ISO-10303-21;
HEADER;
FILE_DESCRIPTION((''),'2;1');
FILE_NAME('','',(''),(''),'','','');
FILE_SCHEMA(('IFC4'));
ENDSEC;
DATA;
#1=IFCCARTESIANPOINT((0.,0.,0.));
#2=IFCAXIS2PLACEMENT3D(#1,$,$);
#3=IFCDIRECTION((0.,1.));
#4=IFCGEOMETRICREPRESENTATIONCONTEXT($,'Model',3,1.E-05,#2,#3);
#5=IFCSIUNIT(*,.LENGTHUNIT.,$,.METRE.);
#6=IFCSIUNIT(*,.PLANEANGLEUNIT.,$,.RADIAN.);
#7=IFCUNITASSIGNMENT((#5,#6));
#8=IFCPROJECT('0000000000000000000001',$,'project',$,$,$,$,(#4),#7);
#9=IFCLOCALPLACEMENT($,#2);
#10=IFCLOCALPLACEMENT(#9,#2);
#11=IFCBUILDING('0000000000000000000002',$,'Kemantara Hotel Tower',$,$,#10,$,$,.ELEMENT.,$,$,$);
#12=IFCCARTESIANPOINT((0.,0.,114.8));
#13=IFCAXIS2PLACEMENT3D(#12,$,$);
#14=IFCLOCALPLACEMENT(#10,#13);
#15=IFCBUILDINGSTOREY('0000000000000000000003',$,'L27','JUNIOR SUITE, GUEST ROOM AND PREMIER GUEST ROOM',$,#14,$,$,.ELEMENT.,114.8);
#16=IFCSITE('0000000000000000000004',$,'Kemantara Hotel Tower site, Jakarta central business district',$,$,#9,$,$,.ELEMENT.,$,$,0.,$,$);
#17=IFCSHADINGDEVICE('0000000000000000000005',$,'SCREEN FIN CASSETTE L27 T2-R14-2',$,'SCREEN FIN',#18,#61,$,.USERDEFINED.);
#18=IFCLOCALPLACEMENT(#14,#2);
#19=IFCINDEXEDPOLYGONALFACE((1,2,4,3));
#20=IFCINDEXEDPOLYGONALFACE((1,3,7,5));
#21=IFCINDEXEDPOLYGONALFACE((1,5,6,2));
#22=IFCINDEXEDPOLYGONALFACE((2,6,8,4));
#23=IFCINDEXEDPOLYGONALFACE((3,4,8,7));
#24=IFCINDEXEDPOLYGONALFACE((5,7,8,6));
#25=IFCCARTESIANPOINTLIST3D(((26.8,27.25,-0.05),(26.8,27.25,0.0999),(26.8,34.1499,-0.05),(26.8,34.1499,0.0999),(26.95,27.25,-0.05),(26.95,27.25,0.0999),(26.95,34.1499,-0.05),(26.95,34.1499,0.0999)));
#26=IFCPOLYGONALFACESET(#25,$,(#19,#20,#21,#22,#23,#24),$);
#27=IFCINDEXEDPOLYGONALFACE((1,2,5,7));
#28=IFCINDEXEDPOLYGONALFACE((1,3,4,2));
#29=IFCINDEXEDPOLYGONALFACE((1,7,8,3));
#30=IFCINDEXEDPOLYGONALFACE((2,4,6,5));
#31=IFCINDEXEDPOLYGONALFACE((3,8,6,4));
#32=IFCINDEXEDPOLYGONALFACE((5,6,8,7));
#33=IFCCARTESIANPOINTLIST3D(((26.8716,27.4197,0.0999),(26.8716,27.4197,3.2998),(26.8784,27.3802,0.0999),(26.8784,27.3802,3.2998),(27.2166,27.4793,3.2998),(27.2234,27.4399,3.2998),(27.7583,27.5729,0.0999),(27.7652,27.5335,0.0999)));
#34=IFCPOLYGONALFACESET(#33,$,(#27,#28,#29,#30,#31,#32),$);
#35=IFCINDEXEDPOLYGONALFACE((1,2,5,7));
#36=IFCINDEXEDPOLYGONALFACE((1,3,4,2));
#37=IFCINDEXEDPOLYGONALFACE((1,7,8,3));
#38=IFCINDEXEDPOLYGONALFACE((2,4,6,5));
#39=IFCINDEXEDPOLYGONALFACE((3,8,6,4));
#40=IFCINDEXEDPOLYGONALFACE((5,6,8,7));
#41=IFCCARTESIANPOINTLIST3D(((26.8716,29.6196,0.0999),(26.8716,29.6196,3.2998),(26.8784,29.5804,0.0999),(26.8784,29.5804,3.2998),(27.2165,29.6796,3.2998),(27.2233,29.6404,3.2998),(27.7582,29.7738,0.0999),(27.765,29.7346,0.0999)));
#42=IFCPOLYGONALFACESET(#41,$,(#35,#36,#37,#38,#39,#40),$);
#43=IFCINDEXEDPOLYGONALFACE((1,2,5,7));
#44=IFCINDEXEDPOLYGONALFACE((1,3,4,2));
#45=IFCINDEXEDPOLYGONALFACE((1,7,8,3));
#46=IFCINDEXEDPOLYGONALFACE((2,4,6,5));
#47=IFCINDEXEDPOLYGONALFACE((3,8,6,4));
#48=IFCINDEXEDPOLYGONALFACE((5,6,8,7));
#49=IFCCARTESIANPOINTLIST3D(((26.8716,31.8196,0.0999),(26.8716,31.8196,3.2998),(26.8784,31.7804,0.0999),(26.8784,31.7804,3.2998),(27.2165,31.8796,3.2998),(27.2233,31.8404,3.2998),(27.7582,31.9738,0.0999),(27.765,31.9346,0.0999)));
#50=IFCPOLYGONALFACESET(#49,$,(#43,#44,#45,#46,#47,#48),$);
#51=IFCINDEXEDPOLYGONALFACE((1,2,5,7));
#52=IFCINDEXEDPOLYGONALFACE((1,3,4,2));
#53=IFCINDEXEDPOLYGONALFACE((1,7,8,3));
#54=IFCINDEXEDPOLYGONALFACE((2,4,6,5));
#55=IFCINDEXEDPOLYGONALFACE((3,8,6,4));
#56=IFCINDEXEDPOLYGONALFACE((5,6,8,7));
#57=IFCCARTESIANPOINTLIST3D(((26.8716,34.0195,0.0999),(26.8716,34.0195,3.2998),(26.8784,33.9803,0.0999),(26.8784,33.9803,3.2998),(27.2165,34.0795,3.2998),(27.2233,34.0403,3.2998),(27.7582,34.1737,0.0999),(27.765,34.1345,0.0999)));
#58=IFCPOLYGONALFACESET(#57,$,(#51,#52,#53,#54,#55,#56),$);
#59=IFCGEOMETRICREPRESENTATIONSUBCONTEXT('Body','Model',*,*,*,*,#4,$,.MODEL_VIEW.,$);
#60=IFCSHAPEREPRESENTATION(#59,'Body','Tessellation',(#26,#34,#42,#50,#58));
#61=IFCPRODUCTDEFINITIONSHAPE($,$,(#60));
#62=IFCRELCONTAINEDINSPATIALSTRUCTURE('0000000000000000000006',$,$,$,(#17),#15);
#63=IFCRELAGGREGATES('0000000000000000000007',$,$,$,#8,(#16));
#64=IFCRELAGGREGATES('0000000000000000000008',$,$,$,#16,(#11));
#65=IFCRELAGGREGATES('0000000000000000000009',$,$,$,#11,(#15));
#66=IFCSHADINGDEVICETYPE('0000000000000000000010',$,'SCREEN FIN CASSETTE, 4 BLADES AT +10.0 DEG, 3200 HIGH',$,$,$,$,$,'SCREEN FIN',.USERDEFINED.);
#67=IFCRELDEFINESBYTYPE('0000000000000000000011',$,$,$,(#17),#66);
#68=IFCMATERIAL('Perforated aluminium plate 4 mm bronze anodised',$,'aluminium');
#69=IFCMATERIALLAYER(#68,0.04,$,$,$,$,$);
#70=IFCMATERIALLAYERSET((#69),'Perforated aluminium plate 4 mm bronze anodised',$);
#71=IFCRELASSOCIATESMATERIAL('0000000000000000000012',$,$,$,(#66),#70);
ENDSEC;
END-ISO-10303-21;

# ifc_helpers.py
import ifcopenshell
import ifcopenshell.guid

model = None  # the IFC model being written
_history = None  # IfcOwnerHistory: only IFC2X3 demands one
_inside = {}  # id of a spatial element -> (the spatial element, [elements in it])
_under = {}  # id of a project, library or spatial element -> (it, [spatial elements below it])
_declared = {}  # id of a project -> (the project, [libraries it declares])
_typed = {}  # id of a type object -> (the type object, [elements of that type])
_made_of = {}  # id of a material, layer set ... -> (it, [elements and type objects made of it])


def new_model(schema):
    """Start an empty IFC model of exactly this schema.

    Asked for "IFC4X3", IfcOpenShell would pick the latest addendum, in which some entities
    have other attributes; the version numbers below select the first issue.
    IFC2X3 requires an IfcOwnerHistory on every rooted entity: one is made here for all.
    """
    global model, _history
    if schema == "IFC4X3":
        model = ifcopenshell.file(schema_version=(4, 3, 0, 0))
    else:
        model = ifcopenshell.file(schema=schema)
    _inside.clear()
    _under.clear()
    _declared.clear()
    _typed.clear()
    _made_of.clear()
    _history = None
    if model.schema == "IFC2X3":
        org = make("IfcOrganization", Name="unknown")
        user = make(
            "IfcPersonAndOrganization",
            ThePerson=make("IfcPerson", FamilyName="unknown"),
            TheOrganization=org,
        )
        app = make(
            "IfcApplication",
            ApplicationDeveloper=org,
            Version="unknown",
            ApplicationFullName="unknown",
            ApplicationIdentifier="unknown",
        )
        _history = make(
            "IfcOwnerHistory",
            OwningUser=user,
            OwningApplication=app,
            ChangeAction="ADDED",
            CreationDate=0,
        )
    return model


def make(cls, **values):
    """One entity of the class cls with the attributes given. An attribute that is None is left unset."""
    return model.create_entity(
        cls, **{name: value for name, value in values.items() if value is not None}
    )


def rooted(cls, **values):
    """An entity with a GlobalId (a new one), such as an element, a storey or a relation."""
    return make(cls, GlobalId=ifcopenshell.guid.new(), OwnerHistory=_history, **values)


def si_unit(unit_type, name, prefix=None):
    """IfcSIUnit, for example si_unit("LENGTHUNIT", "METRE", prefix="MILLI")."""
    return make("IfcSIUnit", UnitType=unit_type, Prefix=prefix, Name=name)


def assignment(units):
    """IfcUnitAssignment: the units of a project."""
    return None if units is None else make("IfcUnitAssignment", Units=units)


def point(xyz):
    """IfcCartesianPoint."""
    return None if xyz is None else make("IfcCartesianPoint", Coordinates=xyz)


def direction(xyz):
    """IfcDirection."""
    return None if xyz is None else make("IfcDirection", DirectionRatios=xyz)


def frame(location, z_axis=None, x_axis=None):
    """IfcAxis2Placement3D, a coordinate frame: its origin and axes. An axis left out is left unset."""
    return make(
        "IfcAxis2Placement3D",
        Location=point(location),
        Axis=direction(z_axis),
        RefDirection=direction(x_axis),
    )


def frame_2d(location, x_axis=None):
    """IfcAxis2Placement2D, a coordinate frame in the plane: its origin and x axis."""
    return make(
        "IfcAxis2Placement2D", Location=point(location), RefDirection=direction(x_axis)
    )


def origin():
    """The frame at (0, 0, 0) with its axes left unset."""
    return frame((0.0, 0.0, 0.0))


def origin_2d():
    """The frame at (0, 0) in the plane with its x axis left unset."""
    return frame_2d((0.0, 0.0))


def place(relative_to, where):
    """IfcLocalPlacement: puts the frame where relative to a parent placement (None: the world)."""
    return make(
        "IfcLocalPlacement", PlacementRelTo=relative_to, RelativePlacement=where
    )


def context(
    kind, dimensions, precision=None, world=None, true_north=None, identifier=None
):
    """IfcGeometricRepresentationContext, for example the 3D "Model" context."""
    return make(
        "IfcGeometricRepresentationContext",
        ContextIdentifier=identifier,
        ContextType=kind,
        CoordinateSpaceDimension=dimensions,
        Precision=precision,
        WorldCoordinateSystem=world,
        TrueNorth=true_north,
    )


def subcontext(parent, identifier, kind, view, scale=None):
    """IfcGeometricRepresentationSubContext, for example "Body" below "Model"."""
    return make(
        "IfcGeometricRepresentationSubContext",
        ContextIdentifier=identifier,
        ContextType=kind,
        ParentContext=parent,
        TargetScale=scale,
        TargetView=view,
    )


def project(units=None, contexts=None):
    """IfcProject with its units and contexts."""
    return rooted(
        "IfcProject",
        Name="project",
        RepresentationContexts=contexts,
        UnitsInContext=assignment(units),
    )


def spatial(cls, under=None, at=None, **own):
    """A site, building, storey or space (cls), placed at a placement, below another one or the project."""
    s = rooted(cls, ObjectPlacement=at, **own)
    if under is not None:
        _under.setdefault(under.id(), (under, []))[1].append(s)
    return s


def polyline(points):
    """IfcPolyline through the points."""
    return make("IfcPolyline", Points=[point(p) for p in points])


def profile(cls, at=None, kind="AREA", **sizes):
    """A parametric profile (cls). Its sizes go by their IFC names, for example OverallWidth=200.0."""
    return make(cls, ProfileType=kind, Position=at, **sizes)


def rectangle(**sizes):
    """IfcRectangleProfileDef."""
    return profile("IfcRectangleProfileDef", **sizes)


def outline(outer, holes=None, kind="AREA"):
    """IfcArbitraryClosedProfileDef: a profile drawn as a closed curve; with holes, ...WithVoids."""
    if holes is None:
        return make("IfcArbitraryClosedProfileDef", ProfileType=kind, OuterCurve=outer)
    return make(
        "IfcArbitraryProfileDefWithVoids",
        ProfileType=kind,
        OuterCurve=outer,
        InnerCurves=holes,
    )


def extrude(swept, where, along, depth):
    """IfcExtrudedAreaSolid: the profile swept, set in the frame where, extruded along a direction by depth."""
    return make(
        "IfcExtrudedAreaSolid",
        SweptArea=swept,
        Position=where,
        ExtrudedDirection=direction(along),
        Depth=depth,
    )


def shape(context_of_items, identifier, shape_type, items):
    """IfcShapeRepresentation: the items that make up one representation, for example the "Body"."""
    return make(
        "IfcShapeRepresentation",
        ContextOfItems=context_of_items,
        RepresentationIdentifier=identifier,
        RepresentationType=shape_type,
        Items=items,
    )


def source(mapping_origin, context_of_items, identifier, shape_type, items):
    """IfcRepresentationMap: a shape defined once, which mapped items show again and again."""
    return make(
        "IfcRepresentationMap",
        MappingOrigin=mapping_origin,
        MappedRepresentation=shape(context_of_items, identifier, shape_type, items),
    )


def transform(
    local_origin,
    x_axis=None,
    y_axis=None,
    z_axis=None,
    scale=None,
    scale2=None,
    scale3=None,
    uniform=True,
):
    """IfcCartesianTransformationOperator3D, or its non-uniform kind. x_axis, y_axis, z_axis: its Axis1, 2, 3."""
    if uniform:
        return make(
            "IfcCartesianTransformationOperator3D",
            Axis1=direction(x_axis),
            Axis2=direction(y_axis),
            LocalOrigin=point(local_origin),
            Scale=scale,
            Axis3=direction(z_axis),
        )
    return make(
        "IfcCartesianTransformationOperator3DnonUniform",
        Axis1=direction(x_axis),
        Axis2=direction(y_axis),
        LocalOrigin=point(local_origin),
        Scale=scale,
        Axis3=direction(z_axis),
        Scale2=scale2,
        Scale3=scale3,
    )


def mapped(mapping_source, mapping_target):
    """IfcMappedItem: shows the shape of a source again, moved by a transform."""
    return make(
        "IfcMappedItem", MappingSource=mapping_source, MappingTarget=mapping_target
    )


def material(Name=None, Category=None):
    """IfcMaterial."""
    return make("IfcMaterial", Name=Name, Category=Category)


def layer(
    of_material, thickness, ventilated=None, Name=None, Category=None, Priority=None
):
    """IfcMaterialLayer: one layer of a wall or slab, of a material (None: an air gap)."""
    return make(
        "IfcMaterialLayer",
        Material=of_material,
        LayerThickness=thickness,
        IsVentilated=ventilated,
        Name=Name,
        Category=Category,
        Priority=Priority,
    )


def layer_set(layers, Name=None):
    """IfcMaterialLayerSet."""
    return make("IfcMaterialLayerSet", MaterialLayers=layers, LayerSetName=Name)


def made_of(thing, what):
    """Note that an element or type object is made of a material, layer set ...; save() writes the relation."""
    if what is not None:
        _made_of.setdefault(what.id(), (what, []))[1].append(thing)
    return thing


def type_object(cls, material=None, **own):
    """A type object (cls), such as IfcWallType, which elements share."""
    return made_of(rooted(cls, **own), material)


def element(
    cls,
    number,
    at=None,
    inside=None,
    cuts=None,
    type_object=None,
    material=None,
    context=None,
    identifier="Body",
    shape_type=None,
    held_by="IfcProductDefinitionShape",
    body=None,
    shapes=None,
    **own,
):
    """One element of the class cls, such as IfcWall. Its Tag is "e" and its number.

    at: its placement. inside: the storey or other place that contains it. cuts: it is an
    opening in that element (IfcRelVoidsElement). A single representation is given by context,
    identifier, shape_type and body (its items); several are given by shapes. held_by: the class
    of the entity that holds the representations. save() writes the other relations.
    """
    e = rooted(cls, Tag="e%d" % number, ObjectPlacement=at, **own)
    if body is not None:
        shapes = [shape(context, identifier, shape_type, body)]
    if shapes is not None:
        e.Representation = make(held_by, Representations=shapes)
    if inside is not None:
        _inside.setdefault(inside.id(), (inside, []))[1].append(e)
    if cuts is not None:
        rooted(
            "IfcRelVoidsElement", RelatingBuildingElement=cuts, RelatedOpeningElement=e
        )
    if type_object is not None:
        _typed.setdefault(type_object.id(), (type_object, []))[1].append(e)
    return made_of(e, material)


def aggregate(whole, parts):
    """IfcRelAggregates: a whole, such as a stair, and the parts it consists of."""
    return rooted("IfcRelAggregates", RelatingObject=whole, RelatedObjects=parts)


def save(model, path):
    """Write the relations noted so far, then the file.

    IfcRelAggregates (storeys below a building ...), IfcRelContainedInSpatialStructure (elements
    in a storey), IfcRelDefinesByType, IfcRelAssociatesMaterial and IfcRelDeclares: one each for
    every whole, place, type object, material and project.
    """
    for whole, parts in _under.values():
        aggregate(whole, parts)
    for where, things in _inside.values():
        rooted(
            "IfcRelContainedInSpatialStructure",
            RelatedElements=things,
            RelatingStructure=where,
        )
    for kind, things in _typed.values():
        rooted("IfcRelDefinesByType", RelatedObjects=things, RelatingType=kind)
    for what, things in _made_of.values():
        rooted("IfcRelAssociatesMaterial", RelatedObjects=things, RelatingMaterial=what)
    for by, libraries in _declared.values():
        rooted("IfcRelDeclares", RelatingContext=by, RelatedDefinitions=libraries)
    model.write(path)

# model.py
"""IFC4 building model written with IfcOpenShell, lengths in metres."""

from ifc_helpers import new_model, si_unit, direction, frame, origin, origin_2d, place, context, subcontext, project, spatial, polyline, rectangle, outline, extrude, source, transform, mapped, material, layer, layer_set, type_object, element, save


model = new_model("IFC4")

# Units and contexts
model_context = context("Model", 3, precision=1e-05, world=origin(), true_north=direction((0.0, 1.0)))
body_context = subcontext(model_context, "Body", "Model", "MODEL_VIEW")
ifc_project = project(units=[si_unit("LENGTHUNIT", "METRE"), si_unit("PLANEANGLEUNIT", "RADIAN")], contexts=[model_context])

# Site, building, storey
site_placement = place(None, origin())
site = spatial("IfcSite", under=ifc_project, at=site_placement, Name="Kemantara Hotel Tower site, Jakarta central business district", CompositionType="ELEMENT", RefElevation=0.0)
building_placement = place(site_placement, origin())
building = spatial("IfcBuilding", under=site, at=building_placement, Name="Kemantara Hotel Tower", CompositionType="ELEMENT")
storey_placement = place(building_placement, frame((0.0, 0.0, 114.8)))
storey = spatial("IfcBuildingStorey", under=building, at=storey_placement, Name="L27", Description="JUNIOR SUITE, GUEST ROOM AND PREMIER GUEST ROOM", CompositionType="ELEMENT", Elevation=114.8)

# Shading device
ifc_material_1 = material(Name="Perforated aluminium plate 4 mm bronze anodised", Category="aluminium")
ifc_layer_1 = layer(ifc_material_1, 0.04)
ifc_layer_set_1 = layer_set([ifc_layer_1], Name="Perforated aluminium plate 4 mm bronze anodised")
shading_device_type_1 = type_object("IfcShadingDeviceType", Name="SCREEN FIN CASSETTE, 4 BLADES AT +10.0 DEG, 3200 HIGH", ElementType="SCREEN FIN", PredefinedType="USERDEFINED", material=ifc_layer_set_1)
shared_shape_1 = source(origin(), body_context, "Body", "SweptSolid", [
    extrude(rectangle(XDim=6.8999, YDim=0.1499, at=origin_2d()), frame((3.3, -0.075, -0.1499), z_axis=(0.0, 0.0, 1.0), x_axis=(1.0, 0.0, 0.0)), (0.0, 0.0, 1.0), 0.1499),
    extrude(outline(polyline([(0.0, 0.0), (0.8999, 0.0), (0.3501, 3.2), (0.0, 3.2), (0.0, 0.0)])), frame((0.0198, -0.0715, 0.0), z_axis=(-0.98539, -0.170314, 0.0), x_axis=(0.170314, -0.98539, 0.0)), (0.0, 0.0, 1.0), 0.04),
    extrude(outline(polyline([(0.0, 0.0), (0.8999, 0.0), (0.3501, 3.2), (0.0, 3.2), (0.0, 0.0)])), frame((2.2197, -0.0715, 0.0), z_axis=(-0.985212, -0.171341, 0.0), x_axis=(0.171341, -0.985212, 0.0)), (0.0, 0.0, 1.0), 0.0398),
    extrude(outline(polyline([(0.0, 0.0), (0.8999, 0.0), (0.3501, 3.2), (0.0, 3.2), (0.0, 0.0)])), frame((4.4197, -0.0715, 0.0), z_axis=(-0.985212, -0.171341, 0.0), x_axis=(0.171341, -0.985212, 0.0)), (0.0, 0.0, 1.0), 0.0398),
    extrude(outline(polyline([(0.0, 0.0), (0.8999, 0.0), (0.3501, 3.2), (0.0, 3.2), (0.0, 0.0)])), frame((6.6196, -0.0715, 0.0), z_axis=(-0.985212, -0.171341, 0.0), x_axis=(0.171341, -0.985212, 0.0)), (0.0, 0.0, 1.0), 0.0398),
])
shading_device_1_placement = place(storey_placement, frame((26.8, 27.3999, 0.0999), z_axis=(0.0, 0.0, 1.0), x_axis=(0.0, 1.0, 0.0)))
element("IfcShadingDevice", 1, at=shading_device_1_placement, inside=storey, type_object=shading_device_type_1, Name="SCREEN FIN CASSETTE L27 T2-R14-2", ObjectType="SCREEN FIN", PredefinedType="USERDEFINED", context=body_context, shape_type="MappedRepresentation", body=[
    mapped(shared_shape_1, transform((0.0, 0.0, 0.0))),
])

save(model, "model.ifc")
